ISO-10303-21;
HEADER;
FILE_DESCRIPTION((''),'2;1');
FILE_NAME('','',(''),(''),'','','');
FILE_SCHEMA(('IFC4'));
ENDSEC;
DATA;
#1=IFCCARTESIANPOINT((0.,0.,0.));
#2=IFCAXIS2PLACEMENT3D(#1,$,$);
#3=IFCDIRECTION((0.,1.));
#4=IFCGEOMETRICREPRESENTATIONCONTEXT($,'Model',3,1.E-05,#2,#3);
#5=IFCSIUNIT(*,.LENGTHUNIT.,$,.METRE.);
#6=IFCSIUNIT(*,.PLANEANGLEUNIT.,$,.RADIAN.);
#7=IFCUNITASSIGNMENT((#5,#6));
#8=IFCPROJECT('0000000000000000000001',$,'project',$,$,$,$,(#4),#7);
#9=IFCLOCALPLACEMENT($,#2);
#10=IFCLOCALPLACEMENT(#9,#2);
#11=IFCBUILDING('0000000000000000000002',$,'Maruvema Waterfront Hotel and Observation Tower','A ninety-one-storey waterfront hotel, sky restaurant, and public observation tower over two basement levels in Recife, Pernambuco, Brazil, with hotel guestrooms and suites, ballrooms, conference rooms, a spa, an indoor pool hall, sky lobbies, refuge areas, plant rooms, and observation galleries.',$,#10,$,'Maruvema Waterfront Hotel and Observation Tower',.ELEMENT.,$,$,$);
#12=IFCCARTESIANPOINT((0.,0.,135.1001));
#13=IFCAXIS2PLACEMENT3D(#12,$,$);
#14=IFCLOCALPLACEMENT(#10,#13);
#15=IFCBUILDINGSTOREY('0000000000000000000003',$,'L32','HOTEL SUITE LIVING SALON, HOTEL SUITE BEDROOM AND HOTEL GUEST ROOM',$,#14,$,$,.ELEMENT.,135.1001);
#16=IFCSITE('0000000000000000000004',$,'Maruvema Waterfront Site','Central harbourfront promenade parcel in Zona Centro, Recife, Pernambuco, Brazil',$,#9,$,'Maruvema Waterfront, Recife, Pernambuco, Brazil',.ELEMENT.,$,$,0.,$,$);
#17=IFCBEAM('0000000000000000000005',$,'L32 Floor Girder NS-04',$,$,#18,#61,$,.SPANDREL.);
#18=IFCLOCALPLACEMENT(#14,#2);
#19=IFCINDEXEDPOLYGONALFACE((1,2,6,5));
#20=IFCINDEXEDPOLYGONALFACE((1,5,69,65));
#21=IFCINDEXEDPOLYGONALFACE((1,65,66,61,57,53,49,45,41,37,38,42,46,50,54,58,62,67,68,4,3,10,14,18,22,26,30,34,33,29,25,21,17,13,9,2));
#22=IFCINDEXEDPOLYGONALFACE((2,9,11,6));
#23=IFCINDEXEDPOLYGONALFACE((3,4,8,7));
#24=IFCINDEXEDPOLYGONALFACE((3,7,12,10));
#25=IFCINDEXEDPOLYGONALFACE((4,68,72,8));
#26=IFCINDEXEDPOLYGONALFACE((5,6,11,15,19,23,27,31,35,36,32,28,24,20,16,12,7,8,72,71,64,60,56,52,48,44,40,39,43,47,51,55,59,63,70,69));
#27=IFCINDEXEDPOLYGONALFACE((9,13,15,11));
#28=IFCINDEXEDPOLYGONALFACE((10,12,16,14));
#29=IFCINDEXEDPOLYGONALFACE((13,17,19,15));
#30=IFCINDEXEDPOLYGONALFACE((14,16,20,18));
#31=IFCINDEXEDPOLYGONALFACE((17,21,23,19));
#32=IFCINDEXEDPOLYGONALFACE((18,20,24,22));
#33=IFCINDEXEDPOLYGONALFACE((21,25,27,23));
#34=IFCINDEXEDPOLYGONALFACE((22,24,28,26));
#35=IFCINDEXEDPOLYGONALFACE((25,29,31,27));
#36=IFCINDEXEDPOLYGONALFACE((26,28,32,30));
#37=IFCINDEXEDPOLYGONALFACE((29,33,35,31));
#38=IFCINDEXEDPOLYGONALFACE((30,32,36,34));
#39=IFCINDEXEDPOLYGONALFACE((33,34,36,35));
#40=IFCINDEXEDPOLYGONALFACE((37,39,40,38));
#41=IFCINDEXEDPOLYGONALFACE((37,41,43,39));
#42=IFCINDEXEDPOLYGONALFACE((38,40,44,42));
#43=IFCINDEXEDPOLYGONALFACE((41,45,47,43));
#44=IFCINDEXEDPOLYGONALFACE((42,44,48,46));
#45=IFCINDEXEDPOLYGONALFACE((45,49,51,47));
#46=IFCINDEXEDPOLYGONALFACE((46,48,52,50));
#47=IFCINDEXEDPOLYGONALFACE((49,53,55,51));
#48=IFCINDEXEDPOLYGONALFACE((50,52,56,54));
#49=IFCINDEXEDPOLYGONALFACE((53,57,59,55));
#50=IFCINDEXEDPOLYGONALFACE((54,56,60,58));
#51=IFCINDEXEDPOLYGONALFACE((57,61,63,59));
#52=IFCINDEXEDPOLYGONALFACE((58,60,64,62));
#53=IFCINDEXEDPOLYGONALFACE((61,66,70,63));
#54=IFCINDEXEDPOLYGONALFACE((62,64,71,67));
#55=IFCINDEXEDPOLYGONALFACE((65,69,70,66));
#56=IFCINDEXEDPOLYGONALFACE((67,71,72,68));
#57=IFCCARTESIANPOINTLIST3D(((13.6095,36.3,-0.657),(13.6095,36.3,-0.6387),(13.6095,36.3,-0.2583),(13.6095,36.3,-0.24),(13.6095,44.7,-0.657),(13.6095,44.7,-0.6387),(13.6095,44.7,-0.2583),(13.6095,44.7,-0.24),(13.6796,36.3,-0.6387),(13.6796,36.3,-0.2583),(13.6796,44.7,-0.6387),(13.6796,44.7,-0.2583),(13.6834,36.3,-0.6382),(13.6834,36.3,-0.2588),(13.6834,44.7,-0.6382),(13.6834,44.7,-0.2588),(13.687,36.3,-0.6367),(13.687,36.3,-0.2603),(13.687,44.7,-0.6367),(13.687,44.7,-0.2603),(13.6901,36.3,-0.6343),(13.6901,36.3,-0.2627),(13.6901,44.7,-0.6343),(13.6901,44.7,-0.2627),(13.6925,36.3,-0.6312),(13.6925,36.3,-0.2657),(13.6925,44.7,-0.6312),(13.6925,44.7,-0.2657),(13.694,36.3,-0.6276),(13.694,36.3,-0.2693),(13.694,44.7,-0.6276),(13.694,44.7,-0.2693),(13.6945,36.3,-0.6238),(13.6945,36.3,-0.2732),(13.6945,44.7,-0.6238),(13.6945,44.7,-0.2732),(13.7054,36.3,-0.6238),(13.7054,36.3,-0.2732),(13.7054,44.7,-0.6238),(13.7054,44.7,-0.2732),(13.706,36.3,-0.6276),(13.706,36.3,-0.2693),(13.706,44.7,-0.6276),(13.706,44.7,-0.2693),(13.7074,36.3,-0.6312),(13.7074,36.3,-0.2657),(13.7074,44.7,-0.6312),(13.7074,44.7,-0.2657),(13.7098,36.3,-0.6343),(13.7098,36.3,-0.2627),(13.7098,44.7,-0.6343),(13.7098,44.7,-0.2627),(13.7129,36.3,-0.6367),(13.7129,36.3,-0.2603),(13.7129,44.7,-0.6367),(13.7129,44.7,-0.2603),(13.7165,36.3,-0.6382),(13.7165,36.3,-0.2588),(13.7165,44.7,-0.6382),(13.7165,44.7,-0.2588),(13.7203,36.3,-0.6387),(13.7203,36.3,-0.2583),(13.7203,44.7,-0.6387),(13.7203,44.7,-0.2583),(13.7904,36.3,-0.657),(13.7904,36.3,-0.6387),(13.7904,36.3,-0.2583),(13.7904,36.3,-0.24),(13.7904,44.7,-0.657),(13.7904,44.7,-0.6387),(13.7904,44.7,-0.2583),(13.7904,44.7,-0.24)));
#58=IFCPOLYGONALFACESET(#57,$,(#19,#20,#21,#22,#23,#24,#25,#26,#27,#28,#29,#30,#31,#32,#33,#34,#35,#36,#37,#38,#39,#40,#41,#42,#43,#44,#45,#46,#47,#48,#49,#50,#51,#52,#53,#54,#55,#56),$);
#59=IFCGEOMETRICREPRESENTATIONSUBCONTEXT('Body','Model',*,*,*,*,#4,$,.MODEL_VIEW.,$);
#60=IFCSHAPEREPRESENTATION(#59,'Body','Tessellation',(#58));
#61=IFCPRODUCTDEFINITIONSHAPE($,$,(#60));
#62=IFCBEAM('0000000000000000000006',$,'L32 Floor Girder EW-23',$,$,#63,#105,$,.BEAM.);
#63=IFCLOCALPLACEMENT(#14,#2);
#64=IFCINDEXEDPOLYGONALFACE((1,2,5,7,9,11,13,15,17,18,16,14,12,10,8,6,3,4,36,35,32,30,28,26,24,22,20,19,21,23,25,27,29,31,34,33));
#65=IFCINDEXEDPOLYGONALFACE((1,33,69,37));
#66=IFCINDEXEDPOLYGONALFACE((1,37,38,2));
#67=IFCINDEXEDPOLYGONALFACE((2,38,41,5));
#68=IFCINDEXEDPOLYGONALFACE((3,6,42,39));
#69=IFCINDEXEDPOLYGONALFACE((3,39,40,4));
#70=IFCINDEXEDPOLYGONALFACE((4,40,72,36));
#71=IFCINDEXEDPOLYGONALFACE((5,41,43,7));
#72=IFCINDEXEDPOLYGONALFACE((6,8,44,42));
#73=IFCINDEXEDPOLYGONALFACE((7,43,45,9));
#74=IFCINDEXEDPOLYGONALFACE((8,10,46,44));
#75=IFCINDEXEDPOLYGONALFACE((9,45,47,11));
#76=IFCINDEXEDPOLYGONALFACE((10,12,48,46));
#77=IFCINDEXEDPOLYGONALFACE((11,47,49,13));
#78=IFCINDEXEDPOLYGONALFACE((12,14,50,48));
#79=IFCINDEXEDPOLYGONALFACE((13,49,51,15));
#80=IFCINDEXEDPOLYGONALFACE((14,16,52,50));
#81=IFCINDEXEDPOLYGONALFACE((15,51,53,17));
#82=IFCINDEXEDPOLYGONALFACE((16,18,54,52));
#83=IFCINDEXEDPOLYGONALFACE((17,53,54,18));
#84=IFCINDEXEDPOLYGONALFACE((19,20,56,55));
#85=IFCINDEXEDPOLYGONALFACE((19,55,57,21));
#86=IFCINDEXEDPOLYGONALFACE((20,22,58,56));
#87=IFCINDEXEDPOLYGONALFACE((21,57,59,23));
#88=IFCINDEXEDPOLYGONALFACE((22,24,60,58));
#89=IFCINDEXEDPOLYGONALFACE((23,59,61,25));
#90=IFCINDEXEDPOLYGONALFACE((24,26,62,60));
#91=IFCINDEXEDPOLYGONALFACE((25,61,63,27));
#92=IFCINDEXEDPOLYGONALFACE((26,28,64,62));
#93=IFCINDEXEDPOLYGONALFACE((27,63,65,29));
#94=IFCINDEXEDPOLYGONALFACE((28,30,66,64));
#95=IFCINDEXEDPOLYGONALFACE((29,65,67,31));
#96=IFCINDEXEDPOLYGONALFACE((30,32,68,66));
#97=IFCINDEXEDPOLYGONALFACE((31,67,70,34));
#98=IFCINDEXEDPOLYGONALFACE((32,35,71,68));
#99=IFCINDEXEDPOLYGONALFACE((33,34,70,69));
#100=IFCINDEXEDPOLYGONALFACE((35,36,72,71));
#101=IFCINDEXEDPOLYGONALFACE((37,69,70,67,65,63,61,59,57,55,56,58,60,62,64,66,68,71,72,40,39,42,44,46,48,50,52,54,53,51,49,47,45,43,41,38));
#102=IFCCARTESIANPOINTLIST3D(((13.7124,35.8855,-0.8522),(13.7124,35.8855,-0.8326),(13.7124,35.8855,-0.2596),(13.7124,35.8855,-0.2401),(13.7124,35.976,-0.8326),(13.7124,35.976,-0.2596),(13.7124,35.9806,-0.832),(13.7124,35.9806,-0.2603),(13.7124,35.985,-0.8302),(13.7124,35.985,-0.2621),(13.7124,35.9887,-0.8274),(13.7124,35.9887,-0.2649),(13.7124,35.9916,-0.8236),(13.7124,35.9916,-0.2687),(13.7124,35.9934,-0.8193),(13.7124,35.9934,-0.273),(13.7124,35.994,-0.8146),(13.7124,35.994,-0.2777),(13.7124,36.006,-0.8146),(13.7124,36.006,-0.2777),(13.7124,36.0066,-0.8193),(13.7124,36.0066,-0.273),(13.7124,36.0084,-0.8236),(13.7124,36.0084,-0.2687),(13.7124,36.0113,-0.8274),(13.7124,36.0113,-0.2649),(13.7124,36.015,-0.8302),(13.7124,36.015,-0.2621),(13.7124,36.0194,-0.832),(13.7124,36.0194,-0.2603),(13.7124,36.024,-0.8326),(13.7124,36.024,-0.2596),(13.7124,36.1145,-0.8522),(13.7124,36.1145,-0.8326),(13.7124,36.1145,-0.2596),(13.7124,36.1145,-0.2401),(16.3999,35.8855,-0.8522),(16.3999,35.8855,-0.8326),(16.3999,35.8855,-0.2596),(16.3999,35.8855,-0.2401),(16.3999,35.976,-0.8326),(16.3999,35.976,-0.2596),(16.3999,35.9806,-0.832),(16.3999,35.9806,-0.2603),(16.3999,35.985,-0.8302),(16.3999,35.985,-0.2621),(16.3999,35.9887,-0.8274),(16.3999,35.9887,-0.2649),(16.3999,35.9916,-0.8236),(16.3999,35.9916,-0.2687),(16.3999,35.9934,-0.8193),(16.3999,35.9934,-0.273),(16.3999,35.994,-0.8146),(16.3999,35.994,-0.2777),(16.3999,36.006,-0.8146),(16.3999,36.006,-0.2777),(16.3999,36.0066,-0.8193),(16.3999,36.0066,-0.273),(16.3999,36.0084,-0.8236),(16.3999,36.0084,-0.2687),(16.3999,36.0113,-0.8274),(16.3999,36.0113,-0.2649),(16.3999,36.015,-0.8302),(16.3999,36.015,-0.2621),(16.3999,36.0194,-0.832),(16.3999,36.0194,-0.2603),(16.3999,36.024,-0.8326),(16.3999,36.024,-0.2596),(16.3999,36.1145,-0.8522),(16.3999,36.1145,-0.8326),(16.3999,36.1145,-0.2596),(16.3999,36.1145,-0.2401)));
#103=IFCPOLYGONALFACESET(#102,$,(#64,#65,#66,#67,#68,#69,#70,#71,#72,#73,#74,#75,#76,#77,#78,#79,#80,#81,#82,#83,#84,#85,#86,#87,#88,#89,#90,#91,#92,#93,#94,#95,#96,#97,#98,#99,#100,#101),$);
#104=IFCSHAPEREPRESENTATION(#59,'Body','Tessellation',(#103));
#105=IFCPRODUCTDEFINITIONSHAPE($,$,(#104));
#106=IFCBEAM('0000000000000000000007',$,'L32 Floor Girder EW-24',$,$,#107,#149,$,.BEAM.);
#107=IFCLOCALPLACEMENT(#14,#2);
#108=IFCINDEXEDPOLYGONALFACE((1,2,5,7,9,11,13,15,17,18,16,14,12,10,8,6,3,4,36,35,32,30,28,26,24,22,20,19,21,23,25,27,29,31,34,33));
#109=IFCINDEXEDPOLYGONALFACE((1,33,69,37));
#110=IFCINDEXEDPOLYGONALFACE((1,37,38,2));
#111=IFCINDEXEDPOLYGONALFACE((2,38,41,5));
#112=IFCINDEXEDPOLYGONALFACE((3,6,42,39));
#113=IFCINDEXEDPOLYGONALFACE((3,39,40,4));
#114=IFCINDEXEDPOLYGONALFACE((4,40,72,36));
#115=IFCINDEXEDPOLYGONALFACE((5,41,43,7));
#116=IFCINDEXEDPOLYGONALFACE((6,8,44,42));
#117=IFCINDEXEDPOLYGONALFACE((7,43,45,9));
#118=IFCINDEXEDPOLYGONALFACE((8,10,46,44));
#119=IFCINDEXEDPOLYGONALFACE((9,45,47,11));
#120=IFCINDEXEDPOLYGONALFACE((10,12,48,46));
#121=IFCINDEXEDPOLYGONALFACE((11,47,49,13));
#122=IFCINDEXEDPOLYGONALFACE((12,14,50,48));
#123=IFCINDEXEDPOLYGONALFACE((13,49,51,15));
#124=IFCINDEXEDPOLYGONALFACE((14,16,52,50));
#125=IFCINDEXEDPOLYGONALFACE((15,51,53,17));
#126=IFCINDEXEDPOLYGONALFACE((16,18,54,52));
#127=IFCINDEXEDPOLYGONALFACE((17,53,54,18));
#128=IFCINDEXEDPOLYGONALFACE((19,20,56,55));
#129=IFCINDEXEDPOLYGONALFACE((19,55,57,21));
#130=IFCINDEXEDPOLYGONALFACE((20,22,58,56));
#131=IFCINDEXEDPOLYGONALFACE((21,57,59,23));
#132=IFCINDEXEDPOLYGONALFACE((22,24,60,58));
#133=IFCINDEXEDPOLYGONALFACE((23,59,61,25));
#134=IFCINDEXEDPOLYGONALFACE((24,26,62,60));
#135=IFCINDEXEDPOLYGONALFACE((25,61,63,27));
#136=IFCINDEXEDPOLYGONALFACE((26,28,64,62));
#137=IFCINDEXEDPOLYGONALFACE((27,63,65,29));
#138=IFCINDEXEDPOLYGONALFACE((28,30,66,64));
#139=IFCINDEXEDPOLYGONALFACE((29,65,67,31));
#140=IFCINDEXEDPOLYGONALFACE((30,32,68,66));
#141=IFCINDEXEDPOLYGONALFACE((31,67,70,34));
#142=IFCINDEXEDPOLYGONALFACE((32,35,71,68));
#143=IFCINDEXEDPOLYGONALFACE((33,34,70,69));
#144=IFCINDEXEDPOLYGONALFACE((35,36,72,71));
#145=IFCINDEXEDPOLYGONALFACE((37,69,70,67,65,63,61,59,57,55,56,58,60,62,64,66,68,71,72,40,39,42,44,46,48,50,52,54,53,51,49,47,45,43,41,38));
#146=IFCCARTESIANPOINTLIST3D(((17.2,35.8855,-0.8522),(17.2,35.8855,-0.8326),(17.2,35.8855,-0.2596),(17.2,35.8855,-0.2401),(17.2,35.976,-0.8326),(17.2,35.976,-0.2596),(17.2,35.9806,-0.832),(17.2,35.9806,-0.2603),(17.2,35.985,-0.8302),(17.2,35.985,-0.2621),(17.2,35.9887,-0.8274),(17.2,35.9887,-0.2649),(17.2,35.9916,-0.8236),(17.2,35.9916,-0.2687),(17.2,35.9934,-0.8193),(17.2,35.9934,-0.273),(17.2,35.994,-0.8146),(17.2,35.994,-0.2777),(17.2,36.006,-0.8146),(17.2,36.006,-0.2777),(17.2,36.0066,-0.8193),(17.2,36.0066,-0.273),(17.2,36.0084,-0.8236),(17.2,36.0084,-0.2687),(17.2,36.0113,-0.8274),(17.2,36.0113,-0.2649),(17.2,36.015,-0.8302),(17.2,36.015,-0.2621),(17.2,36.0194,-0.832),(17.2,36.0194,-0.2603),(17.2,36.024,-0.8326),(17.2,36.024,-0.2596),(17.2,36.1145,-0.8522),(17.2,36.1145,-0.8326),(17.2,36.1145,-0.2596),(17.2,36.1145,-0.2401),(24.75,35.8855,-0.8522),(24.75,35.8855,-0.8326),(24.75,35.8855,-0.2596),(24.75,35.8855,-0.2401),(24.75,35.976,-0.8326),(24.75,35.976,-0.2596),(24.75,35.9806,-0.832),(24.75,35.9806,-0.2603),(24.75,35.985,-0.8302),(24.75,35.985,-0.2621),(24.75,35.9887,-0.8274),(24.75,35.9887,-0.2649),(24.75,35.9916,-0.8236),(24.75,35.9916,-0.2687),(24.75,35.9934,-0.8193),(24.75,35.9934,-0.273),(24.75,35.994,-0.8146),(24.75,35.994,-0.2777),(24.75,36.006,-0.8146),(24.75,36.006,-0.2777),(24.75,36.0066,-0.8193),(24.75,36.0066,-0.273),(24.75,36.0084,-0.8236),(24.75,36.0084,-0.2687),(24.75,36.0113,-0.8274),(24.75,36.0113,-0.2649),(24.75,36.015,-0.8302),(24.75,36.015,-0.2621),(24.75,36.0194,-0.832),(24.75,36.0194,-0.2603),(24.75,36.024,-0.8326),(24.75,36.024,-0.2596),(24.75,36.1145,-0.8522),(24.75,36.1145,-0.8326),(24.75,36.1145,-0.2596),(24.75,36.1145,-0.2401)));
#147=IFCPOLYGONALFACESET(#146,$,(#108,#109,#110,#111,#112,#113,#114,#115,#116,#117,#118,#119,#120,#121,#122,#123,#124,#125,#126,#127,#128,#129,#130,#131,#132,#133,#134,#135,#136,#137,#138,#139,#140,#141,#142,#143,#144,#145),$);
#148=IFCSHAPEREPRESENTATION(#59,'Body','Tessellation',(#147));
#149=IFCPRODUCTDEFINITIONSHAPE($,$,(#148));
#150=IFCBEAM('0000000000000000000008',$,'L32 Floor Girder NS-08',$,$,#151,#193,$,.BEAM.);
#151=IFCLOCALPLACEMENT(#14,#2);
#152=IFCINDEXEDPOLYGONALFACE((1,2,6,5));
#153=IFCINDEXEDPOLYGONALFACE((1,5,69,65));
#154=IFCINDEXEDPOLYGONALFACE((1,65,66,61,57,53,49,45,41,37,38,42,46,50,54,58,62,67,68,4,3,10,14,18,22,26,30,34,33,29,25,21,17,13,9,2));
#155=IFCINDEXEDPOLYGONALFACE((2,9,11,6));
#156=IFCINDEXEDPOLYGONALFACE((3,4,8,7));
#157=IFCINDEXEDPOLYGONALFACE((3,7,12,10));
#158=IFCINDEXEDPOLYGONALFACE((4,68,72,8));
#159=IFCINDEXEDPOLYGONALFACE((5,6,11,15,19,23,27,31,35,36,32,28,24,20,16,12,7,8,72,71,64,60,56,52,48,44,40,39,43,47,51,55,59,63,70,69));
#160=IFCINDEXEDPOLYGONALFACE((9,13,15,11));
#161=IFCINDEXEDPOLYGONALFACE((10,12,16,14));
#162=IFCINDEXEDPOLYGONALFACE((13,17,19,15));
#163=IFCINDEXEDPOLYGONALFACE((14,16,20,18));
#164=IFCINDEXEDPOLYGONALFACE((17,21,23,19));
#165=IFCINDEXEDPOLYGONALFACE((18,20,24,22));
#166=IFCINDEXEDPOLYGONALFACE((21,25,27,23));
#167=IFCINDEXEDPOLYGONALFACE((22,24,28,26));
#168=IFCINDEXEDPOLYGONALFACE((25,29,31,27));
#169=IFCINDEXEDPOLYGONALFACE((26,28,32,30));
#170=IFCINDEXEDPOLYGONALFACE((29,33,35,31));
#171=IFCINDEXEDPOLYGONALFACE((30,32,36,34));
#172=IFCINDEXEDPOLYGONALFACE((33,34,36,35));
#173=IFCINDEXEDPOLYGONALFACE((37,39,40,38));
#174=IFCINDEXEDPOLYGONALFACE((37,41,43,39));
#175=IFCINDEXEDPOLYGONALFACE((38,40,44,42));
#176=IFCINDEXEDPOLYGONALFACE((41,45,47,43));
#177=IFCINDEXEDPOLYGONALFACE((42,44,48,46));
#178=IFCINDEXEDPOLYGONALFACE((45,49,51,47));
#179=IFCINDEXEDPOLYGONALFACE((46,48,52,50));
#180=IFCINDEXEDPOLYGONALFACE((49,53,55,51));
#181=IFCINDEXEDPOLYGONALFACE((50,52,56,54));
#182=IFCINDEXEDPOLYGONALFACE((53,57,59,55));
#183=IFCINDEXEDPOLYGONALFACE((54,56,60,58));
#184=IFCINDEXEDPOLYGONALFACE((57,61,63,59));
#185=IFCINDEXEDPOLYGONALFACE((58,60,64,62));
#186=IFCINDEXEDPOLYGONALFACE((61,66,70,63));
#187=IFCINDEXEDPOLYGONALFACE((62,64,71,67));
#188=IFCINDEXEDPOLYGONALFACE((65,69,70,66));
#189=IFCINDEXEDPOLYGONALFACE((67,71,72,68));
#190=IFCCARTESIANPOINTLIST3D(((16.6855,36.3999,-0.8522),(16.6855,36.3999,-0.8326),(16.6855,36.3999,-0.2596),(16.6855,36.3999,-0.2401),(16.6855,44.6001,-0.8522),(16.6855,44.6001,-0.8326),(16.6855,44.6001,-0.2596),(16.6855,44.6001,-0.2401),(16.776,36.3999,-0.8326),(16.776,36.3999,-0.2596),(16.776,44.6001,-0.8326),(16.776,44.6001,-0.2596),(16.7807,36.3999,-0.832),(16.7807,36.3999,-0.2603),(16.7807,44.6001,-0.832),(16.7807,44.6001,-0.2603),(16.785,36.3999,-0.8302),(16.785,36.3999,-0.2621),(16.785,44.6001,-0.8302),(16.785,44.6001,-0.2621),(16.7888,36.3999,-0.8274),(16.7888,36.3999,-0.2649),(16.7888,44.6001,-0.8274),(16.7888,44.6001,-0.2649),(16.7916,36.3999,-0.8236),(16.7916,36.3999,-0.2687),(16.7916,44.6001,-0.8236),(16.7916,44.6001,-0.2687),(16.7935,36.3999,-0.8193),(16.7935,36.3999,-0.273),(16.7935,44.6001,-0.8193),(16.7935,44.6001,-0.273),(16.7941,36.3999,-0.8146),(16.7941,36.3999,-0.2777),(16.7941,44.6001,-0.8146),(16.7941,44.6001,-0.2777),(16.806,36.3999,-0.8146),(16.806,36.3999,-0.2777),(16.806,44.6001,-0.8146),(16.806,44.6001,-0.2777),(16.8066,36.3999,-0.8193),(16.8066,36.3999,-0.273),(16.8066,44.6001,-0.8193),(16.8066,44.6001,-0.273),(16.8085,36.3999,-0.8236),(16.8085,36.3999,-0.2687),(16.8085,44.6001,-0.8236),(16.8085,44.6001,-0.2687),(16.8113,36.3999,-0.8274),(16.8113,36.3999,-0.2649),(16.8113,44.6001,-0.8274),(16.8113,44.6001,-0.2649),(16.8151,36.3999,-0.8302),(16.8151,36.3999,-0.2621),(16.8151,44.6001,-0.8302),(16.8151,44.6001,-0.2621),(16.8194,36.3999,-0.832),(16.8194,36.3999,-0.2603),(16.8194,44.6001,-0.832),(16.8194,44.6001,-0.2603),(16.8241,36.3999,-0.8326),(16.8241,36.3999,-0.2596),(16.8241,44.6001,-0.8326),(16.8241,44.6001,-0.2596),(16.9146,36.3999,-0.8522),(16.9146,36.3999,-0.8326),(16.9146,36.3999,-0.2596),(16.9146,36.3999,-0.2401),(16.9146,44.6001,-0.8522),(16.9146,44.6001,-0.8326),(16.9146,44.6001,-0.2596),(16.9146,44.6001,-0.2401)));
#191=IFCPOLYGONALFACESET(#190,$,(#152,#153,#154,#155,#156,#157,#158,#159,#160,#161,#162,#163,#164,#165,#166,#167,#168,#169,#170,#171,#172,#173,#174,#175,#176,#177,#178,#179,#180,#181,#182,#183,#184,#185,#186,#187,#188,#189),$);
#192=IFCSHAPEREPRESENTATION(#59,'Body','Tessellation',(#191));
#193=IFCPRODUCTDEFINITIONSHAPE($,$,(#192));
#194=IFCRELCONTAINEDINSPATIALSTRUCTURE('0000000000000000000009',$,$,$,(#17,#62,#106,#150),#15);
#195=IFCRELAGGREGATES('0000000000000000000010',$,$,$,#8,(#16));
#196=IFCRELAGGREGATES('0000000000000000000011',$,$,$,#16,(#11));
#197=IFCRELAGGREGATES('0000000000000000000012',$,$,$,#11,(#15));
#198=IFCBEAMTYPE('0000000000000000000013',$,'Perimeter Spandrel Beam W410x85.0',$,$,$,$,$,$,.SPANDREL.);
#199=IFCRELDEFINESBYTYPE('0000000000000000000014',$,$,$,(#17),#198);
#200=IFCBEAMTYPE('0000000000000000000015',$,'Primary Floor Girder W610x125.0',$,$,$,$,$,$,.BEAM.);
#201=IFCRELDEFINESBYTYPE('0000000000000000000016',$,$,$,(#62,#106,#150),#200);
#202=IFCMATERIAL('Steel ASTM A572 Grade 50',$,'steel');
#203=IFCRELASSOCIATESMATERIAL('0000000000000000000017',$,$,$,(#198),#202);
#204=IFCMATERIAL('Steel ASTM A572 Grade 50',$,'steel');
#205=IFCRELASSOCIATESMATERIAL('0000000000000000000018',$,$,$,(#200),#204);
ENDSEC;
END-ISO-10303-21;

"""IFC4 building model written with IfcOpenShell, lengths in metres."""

from ifc_helpers import new_model, si_unit, direction, frame, origin, origin_2d, place, context, subcontext, project, spatial, i_section, extrude, material, material_profile, profile_set, type_object, element, save


model = new_model("IFC4")

# Units and contexts
model_context = context("Model", 3, precision=1e-05, world=origin(), true_north=direction((0.0, 1.0)))
body_context = subcontext(model_context, "Body", "Model", "MODEL_VIEW")
ifc_project = project(units=[si_unit("LENGTHUNIT", "METRE"), si_unit("PLANEANGLEUNIT", "RADIAN")], contexts=[model_context])

# Site, building, storey
site_placement = place(None, origin())
site = spatial("IfcSite", under=ifc_project, at=site_placement, Name="Maruvema Waterfront Site", Description="Central harbourfront promenade parcel in Zona Centro, Recife, Pernambuco, Brazil", LongName="Maruvema Waterfront, Recife, Pernambuco, Brazil", CompositionType="ELEMENT", RefElevation=0.0)
building_placement = place(site_placement, origin())
building = spatial("IfcBuilding", under=site, at=building_placement, Name="Maruvema Waterfront Hotel and Observation Tower", Description="A ninety-one-storey waterfront hotel, sky restaurant, and public observation tower over two basement levels in Recife, Pernambuco, Brazil, with hotel guestrooms and suites, ballrooms, conference rooms, a spa, an indoor pool hall, sky lobbies, refuge areas, plant rooms, and observation galleries.", LongName="Maruvema Waterfront Hotel and Observation Tower", CompositionType="ELEMENT")
storey_placement = place(building_placement, frame((0.0, 0.0, 135.1001)))
storey = spatial("IfcBuildingStorey", under=building, at=storey_placement, Name="L32", Description="HOTEL SUITE LIVING SALON, HOTEL SUITE BEDROOM AND HOTEL GUEST ROOM", CompositionType="ELEMENT", Elevation=135.1001)

# Beams
ifc_material_1 = material(Name="Steel ASTM A572 Grade 50", Category="steel")
ifc_material_profile_1 = material_profile(ifc_material_1, i_section(OverallWidth=0.1809, OverallDepth=0.417, WebThickness=0.011, FlangeThickness=0.0183, FilletRadius=0.0149, at=origin_2d()), Name="W410x85.0")
ifc_profile_set_1 = profile_set([ifc_material_profile_1], Name="Steel ASTM A572 Grade 50")
beam_type_1 = type_object("IfcBeamType", Name="Perimeter Spandrel Beam W410x85.0", PredefinedType="SPANDREL", material=ifc_profile_set_1)
beam_1_placement = place(storey_placement, frame((13.7, 36.3, -0.4485), z_axis=(0.0, 1.0, 0.0), x_axis=(-1.0, 0.0, 0.0)))
element("IfcBeam", 1, at=beam_1_placement, inside=storey, type_object=beam_type_1, Name="L32 Floor Girder NS-04", PredefinedType="SPANDREL", context=body_context, shape_type="SweptSolid", body=[
    extrude(i_section(OverallWidth=0.1809, OverallDepth=0.417, WebThickness=0.011, FlangeThickness=0.0183, FilletRadius=0.0149, at=origin_2d()), origin(), (0.0, 0.0, 1.0), 8.3999),
])
ifc_material_2 = material(Name="Steel ASTM A572 Grade 50", Category="steel")
ifc_material_profile_2 = material_profile(ifc_material_2, i_section(OverallWidth=0.229, OverallDepth=0.6121, WebThickness=0.012, FlangeThickness=0.0195, FilletRadius=0.0181, at=origin_2d()), Name="W610x125.0")
ifc_profile_set_2 = profile_set([ifc_material_profile_2], Name="Steel ASTM A572 Grade 50")
beam_type_2 = type_object("IfcBeamType", Name="Primary Floor Girder W610x125.0", PredefinedType="BEAM", material=ifc_profile_set_2)
beam_2_placement = place(storey_placement, frame((13.7124, 36.0, -0.5461), z_axis=(1.0, 0.0, 0.0), x_axis=(0.0, 1.0, 0.0)))
element("IfcBeam", 2, at=beam_2_placement, inside=storey, type_object=beam_type_2, Name="L32 Floor Girder EW-23", PredefinedType="BEAM", context=body_context, shape_type="SweptSolid", body=[
    extrude(i_section(OverallWidth=0.229, OverallDepth=0.6121, WebThickness=0.012, FlangeThickness=0.0195, FilletRadius=0.0181, at=origin_2d()), origin(), (0.0, 0.0, 1.0), 2.6875),
])
beam_3_placement = place(storey_placement, frame((17.2, 36.0, -0.5461), z_axis=(1.0, 0.0, 0.0), x_axis=(0.0, 1.0, 0.0)))
element("IfcBeam", 3, at=beam_3_placement, inside=storey, type_object=beam_type_2, Name="L32 Floor Girder EW-24", PredefinedType="BEAM", context=body_context, shape_type="SweptSolid", body=[
    extrude(i_section(OverallWidth=0.229, OverallDepth=0.6121, WebThickness=0.012, FlangeThickness=0.0195, FilletRadius=0.0181, at=origin_2d()), origin(), (0.0, 0.0, 1.0), 7.55),
])
beam_4_placement = place(storey_placement, frame((16.8, 36.3999, -0.5461), z_axis=(0.0, 1.0, 0.0), x_axis=(-1.0, 0.0, 0.0)))
element("IfcBeam", 4, at=beam_4_placement, inside=storey, type_object=beam_type_2, Name="L32 Floor Girder NS-08", PredefinedType="BEAM", context=body_context, shape_type="SweptSolid", body=[
    extrude(i_section(OverallWidth=0.229, OverallDepth=0.6121, WebThickness=0.012, FlangeThickness=0.0195, FilletRadius=0.0181, at=origin_2d()), origin(), (0.0, 0.0, 1.0), 8.2002),
])

save(model, "model.ifc")
